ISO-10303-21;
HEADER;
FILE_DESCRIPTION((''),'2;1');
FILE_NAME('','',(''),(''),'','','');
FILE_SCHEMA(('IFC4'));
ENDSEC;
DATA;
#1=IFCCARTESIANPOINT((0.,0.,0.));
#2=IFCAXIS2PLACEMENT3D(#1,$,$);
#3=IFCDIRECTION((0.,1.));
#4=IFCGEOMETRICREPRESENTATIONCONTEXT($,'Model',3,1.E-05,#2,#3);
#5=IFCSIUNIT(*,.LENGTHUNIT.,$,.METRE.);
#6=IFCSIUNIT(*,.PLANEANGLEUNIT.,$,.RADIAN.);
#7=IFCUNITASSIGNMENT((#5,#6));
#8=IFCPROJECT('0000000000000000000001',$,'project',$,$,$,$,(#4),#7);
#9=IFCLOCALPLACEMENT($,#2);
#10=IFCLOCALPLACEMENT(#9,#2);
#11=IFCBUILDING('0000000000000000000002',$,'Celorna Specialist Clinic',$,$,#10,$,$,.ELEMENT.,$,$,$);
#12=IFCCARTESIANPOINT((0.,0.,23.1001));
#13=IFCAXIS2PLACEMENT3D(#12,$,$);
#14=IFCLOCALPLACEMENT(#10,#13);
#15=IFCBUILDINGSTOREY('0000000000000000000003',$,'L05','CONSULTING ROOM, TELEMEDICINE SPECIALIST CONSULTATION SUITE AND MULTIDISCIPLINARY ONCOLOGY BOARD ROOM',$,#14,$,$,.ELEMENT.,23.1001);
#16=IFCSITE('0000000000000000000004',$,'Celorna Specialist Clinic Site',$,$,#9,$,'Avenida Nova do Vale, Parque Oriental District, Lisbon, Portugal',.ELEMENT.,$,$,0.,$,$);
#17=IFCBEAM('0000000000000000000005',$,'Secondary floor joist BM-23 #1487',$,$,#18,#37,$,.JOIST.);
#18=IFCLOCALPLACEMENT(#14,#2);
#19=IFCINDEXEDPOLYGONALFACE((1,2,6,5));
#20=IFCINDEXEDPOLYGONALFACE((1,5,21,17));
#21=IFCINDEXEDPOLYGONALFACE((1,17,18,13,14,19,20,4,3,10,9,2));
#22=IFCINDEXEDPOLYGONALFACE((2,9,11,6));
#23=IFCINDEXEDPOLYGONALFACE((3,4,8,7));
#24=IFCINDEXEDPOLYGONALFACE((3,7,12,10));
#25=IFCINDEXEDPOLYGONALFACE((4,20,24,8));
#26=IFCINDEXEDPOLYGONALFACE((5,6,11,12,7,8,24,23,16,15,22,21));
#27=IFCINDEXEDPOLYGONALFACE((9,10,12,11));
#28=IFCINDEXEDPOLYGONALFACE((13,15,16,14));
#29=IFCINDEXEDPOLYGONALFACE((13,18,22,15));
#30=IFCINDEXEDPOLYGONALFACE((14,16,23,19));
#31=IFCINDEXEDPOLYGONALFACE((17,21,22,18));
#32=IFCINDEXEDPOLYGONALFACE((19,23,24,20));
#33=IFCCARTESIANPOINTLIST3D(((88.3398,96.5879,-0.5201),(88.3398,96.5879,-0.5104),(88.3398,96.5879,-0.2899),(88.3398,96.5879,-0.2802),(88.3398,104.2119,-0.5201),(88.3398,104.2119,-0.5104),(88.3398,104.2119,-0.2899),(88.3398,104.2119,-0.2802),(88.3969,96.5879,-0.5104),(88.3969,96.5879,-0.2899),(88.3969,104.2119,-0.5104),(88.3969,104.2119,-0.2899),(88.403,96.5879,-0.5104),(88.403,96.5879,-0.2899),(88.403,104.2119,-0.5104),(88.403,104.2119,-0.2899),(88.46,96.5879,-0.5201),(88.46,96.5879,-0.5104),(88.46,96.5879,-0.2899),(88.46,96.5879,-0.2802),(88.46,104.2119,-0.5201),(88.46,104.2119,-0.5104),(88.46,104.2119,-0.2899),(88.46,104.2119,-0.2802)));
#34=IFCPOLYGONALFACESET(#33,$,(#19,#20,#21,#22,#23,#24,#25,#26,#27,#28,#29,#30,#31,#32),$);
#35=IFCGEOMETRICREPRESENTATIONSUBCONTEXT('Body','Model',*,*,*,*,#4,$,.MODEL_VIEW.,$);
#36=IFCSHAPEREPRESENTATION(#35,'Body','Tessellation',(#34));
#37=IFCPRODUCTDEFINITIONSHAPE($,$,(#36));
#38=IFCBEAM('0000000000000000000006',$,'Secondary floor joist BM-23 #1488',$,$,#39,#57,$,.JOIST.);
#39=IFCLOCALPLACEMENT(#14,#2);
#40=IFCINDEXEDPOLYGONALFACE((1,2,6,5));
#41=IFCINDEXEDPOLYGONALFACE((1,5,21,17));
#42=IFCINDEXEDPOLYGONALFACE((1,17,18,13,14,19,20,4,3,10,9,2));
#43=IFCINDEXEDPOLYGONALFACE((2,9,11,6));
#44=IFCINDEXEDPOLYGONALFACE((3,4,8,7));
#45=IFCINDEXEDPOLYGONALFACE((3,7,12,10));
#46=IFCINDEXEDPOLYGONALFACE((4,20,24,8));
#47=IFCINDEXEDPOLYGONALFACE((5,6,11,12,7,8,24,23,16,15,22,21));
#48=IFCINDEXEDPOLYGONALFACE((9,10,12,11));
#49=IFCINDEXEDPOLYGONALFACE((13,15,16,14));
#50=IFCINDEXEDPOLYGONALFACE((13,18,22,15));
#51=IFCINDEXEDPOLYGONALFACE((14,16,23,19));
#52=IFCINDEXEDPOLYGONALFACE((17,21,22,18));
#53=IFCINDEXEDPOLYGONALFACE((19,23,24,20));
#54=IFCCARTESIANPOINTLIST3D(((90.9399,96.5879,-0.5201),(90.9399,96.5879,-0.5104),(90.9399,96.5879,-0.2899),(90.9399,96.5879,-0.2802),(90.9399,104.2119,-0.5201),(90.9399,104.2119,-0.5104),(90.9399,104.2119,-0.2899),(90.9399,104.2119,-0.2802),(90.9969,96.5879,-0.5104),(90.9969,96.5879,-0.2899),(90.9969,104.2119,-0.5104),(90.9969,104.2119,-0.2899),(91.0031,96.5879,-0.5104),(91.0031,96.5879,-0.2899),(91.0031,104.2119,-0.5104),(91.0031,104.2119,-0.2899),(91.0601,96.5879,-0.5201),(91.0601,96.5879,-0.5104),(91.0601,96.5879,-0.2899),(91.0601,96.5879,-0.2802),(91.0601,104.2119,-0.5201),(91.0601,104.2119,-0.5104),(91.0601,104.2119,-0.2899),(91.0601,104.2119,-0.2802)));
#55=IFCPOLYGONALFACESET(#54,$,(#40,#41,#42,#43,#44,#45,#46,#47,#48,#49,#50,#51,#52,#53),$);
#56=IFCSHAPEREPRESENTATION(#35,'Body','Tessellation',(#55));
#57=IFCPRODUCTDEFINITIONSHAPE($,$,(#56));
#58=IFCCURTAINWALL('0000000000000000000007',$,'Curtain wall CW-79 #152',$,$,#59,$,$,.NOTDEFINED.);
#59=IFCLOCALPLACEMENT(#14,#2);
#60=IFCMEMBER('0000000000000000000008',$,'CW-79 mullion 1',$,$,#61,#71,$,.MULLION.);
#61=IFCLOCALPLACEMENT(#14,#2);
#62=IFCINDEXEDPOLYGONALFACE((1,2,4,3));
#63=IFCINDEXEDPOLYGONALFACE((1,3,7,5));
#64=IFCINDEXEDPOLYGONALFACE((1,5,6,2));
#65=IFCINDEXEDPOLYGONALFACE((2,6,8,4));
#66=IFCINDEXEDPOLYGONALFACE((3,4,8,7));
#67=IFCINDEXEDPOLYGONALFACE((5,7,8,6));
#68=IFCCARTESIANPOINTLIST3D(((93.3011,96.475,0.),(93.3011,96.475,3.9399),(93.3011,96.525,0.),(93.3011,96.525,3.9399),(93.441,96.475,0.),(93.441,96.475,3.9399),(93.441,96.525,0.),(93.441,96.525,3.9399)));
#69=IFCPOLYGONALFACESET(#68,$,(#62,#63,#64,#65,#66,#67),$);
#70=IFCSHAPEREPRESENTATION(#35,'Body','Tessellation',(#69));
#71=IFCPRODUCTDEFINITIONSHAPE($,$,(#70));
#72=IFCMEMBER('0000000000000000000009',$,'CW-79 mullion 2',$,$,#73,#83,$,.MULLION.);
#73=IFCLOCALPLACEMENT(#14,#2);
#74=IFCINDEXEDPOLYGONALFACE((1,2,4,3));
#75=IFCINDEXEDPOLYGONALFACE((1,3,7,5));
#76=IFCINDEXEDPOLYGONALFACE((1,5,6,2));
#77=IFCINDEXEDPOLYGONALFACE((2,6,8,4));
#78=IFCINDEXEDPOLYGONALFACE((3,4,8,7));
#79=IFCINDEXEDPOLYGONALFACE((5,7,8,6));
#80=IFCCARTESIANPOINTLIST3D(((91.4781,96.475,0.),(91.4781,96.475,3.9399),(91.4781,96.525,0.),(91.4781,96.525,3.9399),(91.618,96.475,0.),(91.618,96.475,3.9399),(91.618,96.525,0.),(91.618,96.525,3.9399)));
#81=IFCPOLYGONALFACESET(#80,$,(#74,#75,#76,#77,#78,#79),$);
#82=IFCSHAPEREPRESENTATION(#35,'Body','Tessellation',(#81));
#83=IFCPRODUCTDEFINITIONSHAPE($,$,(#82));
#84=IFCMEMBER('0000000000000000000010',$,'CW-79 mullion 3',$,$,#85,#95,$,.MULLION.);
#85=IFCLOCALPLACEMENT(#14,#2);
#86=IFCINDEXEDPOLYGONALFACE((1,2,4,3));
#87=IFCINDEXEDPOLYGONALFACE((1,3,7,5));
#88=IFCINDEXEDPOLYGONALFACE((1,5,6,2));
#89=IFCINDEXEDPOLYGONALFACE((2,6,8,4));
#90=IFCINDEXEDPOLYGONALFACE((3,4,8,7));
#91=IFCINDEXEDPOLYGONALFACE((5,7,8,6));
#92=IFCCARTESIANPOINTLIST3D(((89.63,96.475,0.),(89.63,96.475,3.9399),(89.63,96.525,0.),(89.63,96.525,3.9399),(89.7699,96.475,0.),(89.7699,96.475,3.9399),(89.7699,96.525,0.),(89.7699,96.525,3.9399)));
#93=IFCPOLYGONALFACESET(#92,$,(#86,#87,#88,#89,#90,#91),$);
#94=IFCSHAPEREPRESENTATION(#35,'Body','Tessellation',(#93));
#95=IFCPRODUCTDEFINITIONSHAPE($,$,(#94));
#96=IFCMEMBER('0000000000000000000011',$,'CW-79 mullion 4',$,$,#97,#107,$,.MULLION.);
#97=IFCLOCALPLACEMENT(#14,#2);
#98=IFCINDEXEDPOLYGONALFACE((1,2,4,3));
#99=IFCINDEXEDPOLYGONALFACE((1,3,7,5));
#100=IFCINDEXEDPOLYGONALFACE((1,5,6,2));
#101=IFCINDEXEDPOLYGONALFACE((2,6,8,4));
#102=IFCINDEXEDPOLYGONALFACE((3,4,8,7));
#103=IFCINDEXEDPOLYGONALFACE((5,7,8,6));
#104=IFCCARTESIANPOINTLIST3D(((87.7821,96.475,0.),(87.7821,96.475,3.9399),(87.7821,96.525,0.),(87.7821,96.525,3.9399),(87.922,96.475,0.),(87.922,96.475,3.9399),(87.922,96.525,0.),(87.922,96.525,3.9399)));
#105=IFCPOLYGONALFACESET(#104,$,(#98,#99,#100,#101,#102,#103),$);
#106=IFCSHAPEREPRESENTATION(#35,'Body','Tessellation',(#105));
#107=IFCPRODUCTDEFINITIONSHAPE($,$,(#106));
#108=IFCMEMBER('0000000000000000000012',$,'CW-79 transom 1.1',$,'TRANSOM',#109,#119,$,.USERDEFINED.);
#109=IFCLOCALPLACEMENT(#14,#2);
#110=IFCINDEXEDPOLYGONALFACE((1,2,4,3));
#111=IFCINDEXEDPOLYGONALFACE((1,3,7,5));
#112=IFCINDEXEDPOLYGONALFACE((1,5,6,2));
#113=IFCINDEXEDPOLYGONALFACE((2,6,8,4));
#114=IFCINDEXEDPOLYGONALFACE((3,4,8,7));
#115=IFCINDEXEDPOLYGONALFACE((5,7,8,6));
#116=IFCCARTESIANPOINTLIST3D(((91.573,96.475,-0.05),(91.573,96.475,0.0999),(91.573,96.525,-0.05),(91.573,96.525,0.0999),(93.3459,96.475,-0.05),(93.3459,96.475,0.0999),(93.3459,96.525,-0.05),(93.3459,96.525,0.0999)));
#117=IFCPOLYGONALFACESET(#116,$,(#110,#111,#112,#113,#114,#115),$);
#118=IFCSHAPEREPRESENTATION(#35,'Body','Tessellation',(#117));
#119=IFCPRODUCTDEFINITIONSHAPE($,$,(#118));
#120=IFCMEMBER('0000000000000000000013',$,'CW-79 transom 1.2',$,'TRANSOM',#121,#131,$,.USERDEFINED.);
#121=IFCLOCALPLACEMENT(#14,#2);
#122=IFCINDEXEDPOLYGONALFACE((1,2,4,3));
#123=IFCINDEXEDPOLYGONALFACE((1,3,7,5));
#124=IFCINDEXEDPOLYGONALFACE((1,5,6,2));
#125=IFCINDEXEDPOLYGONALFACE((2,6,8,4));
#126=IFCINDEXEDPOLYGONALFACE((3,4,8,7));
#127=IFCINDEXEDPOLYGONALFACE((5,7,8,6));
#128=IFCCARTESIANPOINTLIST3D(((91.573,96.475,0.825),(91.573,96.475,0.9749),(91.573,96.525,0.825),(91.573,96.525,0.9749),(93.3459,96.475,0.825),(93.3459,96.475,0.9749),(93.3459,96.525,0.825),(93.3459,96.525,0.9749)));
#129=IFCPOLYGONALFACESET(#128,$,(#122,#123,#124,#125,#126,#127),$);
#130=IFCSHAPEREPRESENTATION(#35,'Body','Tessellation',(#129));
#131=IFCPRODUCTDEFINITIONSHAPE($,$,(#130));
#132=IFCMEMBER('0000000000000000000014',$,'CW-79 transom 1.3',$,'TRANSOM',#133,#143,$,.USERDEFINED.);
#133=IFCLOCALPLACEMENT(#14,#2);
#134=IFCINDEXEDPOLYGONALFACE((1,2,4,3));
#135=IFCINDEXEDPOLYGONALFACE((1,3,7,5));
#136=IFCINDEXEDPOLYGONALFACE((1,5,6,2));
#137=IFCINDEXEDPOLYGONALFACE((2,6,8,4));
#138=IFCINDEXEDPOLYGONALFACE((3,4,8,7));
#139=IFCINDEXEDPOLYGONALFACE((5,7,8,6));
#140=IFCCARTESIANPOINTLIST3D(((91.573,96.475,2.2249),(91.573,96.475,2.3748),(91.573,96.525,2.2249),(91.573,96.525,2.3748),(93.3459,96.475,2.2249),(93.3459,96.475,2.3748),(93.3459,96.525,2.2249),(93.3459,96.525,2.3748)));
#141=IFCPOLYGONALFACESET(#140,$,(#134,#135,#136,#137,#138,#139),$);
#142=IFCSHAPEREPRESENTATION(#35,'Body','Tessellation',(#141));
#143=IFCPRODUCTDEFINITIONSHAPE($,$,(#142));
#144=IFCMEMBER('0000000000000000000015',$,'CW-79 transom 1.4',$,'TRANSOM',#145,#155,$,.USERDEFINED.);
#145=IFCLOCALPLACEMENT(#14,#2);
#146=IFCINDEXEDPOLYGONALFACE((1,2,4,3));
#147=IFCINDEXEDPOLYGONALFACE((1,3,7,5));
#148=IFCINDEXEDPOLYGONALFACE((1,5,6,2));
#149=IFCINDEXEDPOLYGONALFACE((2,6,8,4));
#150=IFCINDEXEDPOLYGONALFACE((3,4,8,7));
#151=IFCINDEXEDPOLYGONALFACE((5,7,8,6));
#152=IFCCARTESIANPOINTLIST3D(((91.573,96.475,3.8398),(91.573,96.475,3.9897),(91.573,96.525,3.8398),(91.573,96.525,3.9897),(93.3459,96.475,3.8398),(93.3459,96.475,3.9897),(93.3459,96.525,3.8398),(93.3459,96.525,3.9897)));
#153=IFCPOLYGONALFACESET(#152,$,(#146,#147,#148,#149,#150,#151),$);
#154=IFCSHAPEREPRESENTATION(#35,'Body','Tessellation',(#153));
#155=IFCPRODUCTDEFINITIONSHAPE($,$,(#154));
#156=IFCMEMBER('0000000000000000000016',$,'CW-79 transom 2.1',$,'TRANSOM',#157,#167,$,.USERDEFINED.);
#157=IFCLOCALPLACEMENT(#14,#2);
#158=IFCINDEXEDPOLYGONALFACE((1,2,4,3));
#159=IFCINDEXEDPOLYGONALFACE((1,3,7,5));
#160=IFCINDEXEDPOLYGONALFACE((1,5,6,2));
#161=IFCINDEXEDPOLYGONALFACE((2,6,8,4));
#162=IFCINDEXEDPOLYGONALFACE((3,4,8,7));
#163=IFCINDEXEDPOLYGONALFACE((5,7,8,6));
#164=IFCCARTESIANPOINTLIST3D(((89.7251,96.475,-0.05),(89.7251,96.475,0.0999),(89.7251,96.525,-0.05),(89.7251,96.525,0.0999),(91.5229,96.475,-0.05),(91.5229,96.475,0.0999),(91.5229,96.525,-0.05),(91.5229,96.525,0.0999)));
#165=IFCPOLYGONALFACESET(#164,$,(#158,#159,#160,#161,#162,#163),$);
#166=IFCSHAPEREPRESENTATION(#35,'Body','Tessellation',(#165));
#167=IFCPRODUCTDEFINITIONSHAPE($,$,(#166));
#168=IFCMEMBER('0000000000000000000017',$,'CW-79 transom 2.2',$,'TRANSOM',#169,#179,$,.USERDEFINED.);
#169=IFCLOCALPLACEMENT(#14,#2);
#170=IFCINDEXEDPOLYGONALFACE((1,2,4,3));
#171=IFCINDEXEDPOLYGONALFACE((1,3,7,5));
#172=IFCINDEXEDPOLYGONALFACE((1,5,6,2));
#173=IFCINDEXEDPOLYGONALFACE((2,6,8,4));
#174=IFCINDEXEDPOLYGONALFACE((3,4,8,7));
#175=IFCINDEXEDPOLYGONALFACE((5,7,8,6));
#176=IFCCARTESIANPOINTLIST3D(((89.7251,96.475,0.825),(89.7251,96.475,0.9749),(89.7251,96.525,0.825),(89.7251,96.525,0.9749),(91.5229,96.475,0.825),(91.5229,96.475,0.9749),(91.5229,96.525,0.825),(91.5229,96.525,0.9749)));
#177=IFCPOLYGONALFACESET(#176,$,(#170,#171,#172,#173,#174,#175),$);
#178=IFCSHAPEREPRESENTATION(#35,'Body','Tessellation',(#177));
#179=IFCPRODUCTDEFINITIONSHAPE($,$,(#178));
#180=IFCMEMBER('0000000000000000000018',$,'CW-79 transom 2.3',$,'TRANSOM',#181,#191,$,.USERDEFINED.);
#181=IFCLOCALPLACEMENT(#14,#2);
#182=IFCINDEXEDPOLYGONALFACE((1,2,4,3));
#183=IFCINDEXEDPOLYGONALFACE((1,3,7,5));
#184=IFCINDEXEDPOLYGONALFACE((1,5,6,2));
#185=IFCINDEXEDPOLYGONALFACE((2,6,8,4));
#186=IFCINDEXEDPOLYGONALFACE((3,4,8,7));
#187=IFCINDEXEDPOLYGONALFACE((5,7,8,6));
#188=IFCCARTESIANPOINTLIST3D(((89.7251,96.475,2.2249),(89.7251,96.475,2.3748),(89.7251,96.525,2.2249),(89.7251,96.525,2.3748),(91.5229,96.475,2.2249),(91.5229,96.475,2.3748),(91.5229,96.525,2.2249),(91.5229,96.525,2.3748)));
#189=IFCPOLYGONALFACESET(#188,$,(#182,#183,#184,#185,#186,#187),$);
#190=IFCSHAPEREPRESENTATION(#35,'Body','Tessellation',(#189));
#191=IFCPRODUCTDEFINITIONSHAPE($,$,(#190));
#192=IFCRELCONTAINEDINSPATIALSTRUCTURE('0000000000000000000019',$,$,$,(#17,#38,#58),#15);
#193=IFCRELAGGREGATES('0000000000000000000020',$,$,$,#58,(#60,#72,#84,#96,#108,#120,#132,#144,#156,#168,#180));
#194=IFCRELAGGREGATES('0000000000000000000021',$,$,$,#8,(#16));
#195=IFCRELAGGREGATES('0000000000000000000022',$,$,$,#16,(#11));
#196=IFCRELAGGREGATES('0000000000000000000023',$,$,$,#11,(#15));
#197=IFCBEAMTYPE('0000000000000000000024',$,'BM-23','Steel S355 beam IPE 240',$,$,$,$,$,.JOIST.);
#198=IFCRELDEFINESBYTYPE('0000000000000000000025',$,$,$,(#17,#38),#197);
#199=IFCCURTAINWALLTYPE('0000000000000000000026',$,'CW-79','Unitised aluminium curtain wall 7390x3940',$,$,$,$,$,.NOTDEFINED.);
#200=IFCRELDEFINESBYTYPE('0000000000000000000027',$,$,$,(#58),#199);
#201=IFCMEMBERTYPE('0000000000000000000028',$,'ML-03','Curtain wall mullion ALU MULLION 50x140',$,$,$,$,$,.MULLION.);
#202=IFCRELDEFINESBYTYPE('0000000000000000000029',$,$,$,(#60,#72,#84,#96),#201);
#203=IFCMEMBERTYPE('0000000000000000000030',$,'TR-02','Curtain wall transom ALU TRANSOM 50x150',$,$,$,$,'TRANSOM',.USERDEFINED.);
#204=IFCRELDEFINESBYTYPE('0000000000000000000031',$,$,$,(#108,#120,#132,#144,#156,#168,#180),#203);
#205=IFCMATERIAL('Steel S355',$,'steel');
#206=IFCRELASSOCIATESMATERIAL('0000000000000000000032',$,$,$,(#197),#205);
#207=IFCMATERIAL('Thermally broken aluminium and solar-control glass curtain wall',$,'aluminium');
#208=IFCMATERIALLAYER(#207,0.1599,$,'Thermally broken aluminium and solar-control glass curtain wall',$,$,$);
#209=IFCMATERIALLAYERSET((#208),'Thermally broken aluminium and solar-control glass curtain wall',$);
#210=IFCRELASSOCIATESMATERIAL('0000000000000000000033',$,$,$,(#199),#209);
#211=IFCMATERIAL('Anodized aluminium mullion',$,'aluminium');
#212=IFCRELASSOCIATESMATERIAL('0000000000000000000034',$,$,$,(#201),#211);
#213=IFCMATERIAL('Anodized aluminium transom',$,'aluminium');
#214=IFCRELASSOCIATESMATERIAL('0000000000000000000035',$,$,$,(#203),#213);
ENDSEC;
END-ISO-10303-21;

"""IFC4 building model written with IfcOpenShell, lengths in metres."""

from ifc_helpers import new_model, si_unit, direction, frame, origin, origin_2d, place, context, subcontext, project, spatial, rectangle, i_section, extrude, material, layer, layer_set, material_profile, profile_set, type_object, element, aggregate, save


model = new_model("IFC4")

# Units and contexts
model_context = context("Model", 3, precision=1e-05, world=origin(), true_north=direction((0.0, 1.0)))
body_context = subcontext(model_context, "Body", "Model", "MODEL_VIEW")
ifc_project = project(units=[si_unit("LENGTHUNIT", "METRE"), si_unit("PLANEANGLEUNIT", "RADIAN")], contexts=[model_context])

# Site, building, storey
site_placement = place(None, origin())
site = spatial("IfcSite", under=ifc_project, at=site_placement, Name="Celorna Specialist Clinic Site", LongName="Avenida Nova do Vale, Parque Oriental District, Lisbon, Portugal", CompositionType="ELEMENT", RefElevation=0.0)
building_placement = place(site_placement, origin())
building = spatial("IfcBuilding", under=site, at=building_placement, Name="Celorna Specialist Clinic", CompositionType="ELEMENT")
storey_placement = place(building_placement, frame((0.0, 0.0, 23.1001)))
storey = spatial("IfcBuildingStorey", under=building, at=storey_placement, Name="L05", Description="CONSULTING ROOM, TELEMEDICINE SPECIALIST CONSULTATION SUITE AND MULTIDISCIPLINARY ONCOLOGY BOARD ROOM", CompositionType="ELEMENT", Elevation=23.1001)

# Beams
ifc_material_1 = material(Name="Steel S355", Category="steel")
ifc_material_profile_1 = material_profile(ifc_material_1, i_section(OverallWidth=0.1201, OverallDepth=0.24, WebThickness=0.0061, FlangeThickness=0.0098, at=origin_2d()), Name="IPE 240")
ifc_profile_set_1 = profile_set([ifc_material_profile_1], Name="Steel S355")
beam_type = type_object("IfcBeamType", Name="BM-23", Description="Steel S355 beam IPE 240", PredefinedType="JOIST", material=ifc_profile_set_1)
for number, where, z_axis, x_axis, name in (
    (1, (88.3999, 96.5879, -0.4001), (0.0, 1.0, 0.0), (-1.0, 0.0, 0.0), "Secondary floor joist BM-23 #1487"),
    (2, (91.0, 96.5879, -0.4001), (0.0, 1.0, 0.0), (-1.0, 0.0, 0.0), "Secondary floor joist BM-23 #1488"),
):
    element("IfcBeam", number, at=place(storey_placement, frame(where, z_axis=z_axis, x_axis=x_axis)), inside=storey, type_object=beam_type, Name=name, PredefinedType="JOIST", context=body_context, shape_type="SweptSolid", body=[
        extrude(i_section(OverallWidth=0.1201, OverallDepth=0.24, WebThickness=0.0061, FlangeThickness=0.0098, at=origin_2d()), origin(), (0.0, 0.0, 1.0), 7.624),
    ])

# Curtain wall, members
ifc_material_2 = material(Name="Thermally broken aluminium and solar-control glass curtain wall", Category="aluminium")
ifc_layer_1 = layer(ifc_material_2, 0.1599, Name="Thermally broken aluminium and solar-control glass curtain wall")
ifc_layer_set_1 = layer_set([ifc_layer_1], Name="Thermally broken aluminium and solar-control glass curtain wall")
curtain_wall_type = type_object("IfcCurtainWallType", Name="CW-79", Description="Unitised aluminium curtain wall 7390x3940", PredefinedType="NOTDEFINED", material=ifc_layer_set_1)
curtain_wall_placement = place(storey_placement, origin())
curtain_wall = element("IfcCurtainWall", 3, at=curtain_wall_placement, inside=storey, type_object=curtain_wall_type, Name="Curtain wall CW-79 #152", PredefinedType="NOTDEFINED")
ifc_material_3 = material(Name="Anodized aluminium mullion", Category="aluminium")
ifc_material_profile_2 = material_profile(ifc_material_3, rectangle(XDim=0.05, YDim=0.1399, at=origin_2d()), Name="ALU MULLION 50x140")
ifc_profile_set_2 = profile_set([ifc_material_profile_2], Name="Anodized aluminium mullion")
member_type_1 = type_object("IfcMemberType", Name="ML-03", Description="Curtain wall mullion ALU MULLION 50x140", PredefinedType="MULLION", material=ifc_profile_set_2)
member_1_placement = place(storey_placement, frame((93.3711, 96.5, 0.0), z_axis=(0.0, 0.0, 1.0), x_axis=(0.0, -1.0, 0.0)))
member_1 = element("IfcMember", 4, at=member_1_placement, type_object=member_type_1, Name="CW-79 mullion 1", PredefinedType="MULLION", context=body_context, shape_type="SweptSolid", body=[
    extrude(rectangle(XDim=0.05, YDim=0.1399, at=origin_2d()), origin(), (0.0, 0.0, 1.0), 3.9399),
])
member_2_placement = place(storey_placement, frame((91.5481, 96.5, 0.0), z_axis=(0.0, 0.0, 1.0), x_axis=(0.0, -1.0, 0.0)))
member_2 = element("IfcMember", 5, at=member_2_placement, type_object=member_type_1, Name="CW-79 mullion 2", PredefinedType="MULLION", context=body_context, shape_type="SweptSolid", body=[
    extrude(rectangle(XDim=0.05, YDim=0.1399, at=origin_2d()), origin(), (0.0, 0.0, 1.0), 3.9399),
])
member_3_placement = place(storey_placement, frame((89.7, 96.5, 0.0), z_axis=(0.0, 0.0, 1.0), x_axis=(0.0, -1.0, 0.0)))
member_3 = element("IfcMember", 6, at=member_3_placement, type_object=member_type_1, Name="CW-79 mullion 3", PredefinedType="MULLION", context=body_context, shape_type="SweptSolid", body=[
    extrude(rectangle(XDim=0.05, YDim=0.1399, at=origin_2d()), origin(), (0.0, 0.0, 1.0), 3.9399),
])
member_4_placement = place(storey_placement, frame((87.8521, 96.5, 0.0), z_axis=(0.0, 0.0, 1.0), x_axis=(0.0, -1.0, 0.0)))
member_4 = element("IfcMember", 7, at=member_4_placement, type_object=member_type_1, Name="CW-79 mullion 4", PredefinedType="MULLION", context=body_context, shape_type="SweptSolid", body=[
    extrude(rectangle(XDim=0.05, YDim=0.1399, at=origin_2d()), origin(), (0.0, 0.0, 1.0), 3.9399),
])
ifc_material_4 = material(Name="Anodized aluminium transom", Category="aluminium")
ifc_material_profile_3 = material_profile(ifc_material_4, rectangle(XDim=0.05, YDim=0.1499, at=origin_2d()), Name="ALU TRANSOM 50x150")
ifc_profile_set_3 = profile_set([ifc_material_profile_3], Name="Anodized aluminium transom")
member_type_2 = type_object("IfcMemberType", Name="TR-02", Description="Curtain wall transom ALU TRANSOM 50x150", ElementType="TRANSOM", PredefinedType="USERDEFINED", material=ifc_profile_set_3)
member_5_placement = place(storey_placement, frame((93.3459, 96.5, 0.0249), z_axis=(-1.0, 0.0, 0.0), x_axis=(0.0, -1.0, 0.0)))
member_5 = element("IfcMember", 8, at=member_5_placement, type_object=member_type_2, Name="CW-79 transom 1.1", ObjectType="TRANSOM", PredefinedType="USERDEFINED", context=body_context, shape_type="SweptSolid", body=[
    extrude(rectangle(XDim=0.05, YDim=0.1499, at=origin_2d()), origin(), (0.0, 0.0, 1.0), 1.7729),
])
member_6_placement = place(storey_placement, frame((93.3459, 96.5, 0.8999), z_axis=(-1.0, 0.0, 0.0), x_axis=(0.0, -1.0, 0.0)))
member_6 = element("IfcMember", 9, at=member_6_placement, type_object=member_type_2, Name="CW-79 transom 1.2", ObjectType="TRANSOM", PredefinedType="USERDEFINED", context=body_context, shape_type="SweptSolid", body=[
    extrude(rectangle(XDim=0.05, YDim=0.1499, at=origin_2d()), origin(), (0.0, 0.0, 1.0), 1.7729),
])
member_7_placement = place(storey_placement, frame((93.3459, 96.5, 2.2998), z_axis=(-1.0, 0.0, 0.0), x_axis=(0.0, -1.0, 0.0)))
member_7 = element("IfcMember", 10, at=member_7_placement, type_object=member_type_2, Name="CW-79 transom 1.3", ObjectType="TRANSOM", PredefinedType="USERDEFINED", context=body_context, shape_type="SweptSolid", body=[
    extrude(rectangle(XDim=0.05, YDim=0.1499, at=origin_2d()), origin(), (0.0, 0.0, 1.0), 1.7729),
])
member_8_placement = place(storey_placement, frame((93.3459, 96.5, 3.9148), z_axis=(-1.0, 0.0, 0.0), x_axis=(0.0, -1.0, 0.0)))
member_8 = element("IfcMember", 11, at=member_8_placement, type_object=member_type_2, Name="CW-79 transom 1.4", ObjectType="TRANSOM", PredefinedType="USERDEFINED", context=body_context, shape_type="SweptSolid", body=[
    extrude(rectangle(XDim=0.05, YDim=0.1499, at=origin_2d()), origin(), (0.0, 0.0, 1.0), 1.7729),
])
member_9_placement = place(storey_placement, frame((91.5229, 96.5, 0.0249), z_axis=(-1.0, 0.0, 0.0), x_axis=(0.0, -1.0, 0.0)))
member_9 = element("IfcMember", 12, at=member_9_placement, type_object=member_type_2, Name="CW-79 transom 2.1", ObjectType="TRANSOM", PredefinedType="USERDEFINED", context=body_context, shape_type="SweptSolid", body=[
    extrude(rectangle(XDim=0.05, YDim=0.1499, at=origin_2d()), origin(), (0.0, 0.0, 1.0), 1.7979),
])
member_10_placement = place(storey_placement, frame((91.5229, 96.5, 0.8999), z_axis=(-1.0, 0.0, 0.0), x_axis=(0.0, -1.0, 0.0)))
member_10 = element("IfcMember", 13, at=member_10_placement, type_object=member_type_2, Name="CW-79 transom 2.2", ObjectType="TRANSOM", PredefinedType="USERDEFINED", context=body_context, shape_type="SweptSolid", body=[
    extrude(rectangle(XDim=0.05, YDim=0.1499, at=origin_2d()), origin(), (0.0, 0.0, 1.0), 1.7979),
])
member_11_placement = place(storey_placement, frame((91.5229, 96.5, 2.2998), z_axis=(-1.0, 0.0, 0.0), x_axis=(0.0, -1.0, 0.0)))
member_11 = element("IfcMember", 14, at=member_11_placement, type_object=member_type_2, Name="CW-79 transom 2.3", ObjectType="TRANSOM", PredefinedType="USERDEFINED", context=body_context, shape_type="SweptSolid", body=[
    extrude(rectangle(XDim=0.05, YDim=0.1499, at=origin_2d()), origin(), (0.0, 0.0, 1.0), 1.7979),
])
aggregate(curtain_wall, [member_1, member_2, member_3, member_4, member_5, member_6, member_7, member_8, member_9, member_10, member_11])

save(model, "model.ifc")
